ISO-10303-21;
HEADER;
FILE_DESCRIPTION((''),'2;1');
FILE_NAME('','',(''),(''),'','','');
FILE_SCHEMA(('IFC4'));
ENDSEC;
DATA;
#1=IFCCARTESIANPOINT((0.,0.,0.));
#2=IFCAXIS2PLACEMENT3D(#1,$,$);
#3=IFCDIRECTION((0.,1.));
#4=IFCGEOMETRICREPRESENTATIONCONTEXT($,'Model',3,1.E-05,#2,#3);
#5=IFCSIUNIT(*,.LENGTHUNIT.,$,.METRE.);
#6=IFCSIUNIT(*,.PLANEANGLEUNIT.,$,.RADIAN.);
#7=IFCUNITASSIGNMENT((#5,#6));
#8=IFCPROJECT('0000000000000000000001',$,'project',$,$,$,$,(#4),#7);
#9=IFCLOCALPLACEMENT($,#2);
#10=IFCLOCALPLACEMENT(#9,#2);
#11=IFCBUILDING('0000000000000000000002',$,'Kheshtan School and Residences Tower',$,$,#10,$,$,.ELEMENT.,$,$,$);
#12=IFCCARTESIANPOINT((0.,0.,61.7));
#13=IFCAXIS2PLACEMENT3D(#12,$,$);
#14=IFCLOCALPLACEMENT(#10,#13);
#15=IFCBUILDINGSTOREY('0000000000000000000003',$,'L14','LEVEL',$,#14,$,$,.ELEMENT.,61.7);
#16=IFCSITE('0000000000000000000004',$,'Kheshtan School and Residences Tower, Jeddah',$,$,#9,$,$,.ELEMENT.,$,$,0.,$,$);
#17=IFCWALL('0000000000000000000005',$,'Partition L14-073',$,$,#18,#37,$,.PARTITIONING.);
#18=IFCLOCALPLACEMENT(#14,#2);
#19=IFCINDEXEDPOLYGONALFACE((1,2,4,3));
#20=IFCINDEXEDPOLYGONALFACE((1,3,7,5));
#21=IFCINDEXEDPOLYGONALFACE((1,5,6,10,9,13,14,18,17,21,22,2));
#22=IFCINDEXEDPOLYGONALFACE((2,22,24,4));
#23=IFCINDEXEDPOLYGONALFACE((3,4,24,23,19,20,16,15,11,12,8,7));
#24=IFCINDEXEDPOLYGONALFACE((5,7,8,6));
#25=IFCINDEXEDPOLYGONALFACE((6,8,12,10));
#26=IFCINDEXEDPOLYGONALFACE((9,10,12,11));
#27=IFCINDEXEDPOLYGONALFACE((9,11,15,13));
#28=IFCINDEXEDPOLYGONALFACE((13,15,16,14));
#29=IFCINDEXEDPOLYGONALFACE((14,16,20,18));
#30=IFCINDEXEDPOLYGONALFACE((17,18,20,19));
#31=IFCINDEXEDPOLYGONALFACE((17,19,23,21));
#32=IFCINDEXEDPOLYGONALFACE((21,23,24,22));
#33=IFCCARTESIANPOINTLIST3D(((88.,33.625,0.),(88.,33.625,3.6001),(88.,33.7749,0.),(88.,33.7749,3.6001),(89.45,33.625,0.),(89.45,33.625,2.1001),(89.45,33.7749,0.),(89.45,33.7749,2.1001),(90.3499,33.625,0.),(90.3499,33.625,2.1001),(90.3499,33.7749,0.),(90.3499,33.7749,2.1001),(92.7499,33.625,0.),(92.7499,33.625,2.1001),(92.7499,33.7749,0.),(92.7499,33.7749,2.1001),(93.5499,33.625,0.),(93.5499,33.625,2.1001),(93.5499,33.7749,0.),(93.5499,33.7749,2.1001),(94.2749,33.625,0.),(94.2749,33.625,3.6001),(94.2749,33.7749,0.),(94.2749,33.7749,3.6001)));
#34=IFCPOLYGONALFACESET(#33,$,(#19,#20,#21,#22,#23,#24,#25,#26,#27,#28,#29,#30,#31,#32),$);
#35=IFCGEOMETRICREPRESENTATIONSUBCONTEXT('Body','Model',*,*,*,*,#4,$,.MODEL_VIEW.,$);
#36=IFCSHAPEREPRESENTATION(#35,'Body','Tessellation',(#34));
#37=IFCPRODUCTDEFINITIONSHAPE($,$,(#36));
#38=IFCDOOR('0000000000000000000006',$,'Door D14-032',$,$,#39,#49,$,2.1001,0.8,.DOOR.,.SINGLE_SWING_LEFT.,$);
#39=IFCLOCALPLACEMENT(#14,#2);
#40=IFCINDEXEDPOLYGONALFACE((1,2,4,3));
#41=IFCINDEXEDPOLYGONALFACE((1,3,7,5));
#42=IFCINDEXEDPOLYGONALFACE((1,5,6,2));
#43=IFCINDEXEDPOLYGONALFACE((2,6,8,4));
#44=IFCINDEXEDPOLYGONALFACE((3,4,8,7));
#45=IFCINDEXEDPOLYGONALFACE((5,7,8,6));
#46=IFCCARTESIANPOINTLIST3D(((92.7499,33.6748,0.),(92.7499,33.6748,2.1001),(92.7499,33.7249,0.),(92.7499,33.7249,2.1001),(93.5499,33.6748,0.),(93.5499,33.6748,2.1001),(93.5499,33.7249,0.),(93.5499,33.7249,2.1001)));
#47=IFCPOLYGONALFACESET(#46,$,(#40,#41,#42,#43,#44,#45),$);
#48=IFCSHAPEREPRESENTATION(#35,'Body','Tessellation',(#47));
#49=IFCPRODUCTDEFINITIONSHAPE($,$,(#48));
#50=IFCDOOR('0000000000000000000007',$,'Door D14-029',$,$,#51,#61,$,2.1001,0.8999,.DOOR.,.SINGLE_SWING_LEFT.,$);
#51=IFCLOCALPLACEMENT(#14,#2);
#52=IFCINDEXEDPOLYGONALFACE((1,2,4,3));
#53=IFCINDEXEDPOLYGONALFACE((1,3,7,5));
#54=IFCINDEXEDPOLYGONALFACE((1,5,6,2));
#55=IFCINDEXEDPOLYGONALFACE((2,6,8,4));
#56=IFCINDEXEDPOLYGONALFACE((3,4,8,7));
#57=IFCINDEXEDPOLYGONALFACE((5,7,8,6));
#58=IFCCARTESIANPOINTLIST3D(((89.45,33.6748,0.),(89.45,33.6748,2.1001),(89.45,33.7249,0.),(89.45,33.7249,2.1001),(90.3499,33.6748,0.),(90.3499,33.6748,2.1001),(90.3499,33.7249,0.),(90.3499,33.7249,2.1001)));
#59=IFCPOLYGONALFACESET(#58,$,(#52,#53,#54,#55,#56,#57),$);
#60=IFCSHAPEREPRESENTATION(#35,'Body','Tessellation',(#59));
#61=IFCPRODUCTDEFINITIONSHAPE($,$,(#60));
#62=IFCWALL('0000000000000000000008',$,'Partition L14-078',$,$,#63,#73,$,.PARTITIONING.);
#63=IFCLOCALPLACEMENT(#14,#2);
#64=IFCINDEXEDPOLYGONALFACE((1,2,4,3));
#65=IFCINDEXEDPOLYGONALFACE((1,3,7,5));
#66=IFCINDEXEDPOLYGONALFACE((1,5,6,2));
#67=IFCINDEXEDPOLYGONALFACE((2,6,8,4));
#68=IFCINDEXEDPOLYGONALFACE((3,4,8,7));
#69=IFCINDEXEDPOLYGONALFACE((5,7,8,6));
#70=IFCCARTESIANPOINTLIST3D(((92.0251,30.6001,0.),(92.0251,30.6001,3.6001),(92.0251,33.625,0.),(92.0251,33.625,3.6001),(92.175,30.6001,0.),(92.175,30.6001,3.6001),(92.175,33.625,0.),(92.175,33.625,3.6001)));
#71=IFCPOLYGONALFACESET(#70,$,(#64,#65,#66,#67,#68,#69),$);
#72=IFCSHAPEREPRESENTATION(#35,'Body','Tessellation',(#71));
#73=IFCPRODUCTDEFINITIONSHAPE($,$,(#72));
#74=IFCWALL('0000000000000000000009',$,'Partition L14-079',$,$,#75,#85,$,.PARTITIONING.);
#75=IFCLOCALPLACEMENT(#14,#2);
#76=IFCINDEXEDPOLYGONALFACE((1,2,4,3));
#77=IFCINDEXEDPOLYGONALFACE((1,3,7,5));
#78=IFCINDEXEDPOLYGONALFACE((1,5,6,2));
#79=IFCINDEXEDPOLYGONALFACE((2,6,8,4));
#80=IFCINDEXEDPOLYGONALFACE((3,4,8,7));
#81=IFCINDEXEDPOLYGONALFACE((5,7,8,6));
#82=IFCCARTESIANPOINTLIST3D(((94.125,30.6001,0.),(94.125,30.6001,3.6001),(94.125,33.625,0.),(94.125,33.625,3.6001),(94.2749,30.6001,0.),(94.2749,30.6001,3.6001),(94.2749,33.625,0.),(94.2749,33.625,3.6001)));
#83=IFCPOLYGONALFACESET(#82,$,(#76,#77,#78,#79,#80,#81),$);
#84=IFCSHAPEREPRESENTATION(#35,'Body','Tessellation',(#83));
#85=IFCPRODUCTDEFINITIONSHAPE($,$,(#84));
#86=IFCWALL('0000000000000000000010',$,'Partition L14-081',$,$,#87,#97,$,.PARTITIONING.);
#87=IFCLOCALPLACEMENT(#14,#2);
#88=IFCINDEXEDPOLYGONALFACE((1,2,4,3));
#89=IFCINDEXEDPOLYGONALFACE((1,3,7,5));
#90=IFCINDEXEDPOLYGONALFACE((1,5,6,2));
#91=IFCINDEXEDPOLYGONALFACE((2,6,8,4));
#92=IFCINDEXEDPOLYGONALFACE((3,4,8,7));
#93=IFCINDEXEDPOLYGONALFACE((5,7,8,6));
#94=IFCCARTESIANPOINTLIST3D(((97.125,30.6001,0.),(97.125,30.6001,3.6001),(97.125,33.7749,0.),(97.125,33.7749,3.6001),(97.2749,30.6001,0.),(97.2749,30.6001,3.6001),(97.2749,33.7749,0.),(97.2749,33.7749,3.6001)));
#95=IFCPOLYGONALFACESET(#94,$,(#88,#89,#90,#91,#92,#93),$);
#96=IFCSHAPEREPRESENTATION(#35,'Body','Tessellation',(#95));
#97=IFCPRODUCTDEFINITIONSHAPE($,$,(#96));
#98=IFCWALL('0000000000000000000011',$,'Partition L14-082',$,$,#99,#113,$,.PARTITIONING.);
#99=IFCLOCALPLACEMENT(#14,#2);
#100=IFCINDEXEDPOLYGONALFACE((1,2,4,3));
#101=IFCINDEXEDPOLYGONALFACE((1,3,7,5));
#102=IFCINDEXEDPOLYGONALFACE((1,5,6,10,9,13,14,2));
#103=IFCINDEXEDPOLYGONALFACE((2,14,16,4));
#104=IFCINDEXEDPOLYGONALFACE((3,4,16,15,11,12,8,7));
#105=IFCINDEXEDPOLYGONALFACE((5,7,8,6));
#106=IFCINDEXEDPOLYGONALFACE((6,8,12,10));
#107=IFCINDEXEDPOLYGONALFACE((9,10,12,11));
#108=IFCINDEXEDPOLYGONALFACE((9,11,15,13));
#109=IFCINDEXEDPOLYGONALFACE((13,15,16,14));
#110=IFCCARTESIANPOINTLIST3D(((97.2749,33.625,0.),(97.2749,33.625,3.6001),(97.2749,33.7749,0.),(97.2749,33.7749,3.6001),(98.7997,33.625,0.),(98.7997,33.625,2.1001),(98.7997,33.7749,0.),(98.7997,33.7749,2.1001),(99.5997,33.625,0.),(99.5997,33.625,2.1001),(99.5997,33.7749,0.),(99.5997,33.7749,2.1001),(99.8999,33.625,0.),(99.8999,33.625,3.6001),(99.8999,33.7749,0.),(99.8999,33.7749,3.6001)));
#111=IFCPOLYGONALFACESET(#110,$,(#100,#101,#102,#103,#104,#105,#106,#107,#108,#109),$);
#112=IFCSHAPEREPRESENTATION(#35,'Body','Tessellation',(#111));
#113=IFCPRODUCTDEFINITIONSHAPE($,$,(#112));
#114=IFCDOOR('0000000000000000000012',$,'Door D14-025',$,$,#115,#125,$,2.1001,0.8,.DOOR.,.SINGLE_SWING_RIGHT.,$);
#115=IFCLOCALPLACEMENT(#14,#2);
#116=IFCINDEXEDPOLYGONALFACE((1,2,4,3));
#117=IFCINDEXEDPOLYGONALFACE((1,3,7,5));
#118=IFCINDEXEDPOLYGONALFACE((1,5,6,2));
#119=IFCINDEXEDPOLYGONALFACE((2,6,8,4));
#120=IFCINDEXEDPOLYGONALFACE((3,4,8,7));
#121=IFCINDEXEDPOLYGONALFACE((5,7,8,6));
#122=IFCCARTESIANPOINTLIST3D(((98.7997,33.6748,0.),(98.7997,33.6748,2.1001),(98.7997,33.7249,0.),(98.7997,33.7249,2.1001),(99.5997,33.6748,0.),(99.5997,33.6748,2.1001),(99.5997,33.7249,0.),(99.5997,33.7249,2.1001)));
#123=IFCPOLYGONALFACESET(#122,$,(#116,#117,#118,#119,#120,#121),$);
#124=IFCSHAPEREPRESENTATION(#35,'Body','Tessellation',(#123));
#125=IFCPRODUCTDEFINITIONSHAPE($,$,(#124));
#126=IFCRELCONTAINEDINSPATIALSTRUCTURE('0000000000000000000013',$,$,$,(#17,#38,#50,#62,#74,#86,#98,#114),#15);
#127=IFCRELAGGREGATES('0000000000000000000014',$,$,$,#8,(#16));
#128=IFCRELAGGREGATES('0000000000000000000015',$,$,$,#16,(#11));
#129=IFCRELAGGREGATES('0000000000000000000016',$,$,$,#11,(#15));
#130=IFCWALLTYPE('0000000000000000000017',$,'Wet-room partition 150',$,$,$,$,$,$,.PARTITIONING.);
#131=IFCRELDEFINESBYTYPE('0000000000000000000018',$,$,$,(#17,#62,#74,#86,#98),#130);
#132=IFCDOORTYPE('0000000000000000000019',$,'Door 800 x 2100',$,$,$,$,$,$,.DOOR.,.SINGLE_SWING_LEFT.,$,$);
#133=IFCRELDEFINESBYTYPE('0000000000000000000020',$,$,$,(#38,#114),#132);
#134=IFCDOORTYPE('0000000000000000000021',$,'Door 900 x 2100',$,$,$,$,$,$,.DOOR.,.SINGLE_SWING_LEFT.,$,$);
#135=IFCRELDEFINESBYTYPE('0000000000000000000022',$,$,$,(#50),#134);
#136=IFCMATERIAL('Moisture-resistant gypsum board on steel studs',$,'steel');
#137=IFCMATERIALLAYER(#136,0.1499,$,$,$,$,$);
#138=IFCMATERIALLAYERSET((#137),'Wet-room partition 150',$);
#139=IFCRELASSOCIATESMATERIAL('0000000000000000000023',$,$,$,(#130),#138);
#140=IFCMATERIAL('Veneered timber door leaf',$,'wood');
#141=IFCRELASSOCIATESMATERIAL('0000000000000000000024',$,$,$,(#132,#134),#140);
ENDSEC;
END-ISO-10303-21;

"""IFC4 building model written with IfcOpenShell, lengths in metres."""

from ifc_helpers import new_model, si_unit, direction, frame, frame_2d, origin, place, context, subcontext, project, spatial, rectangle, extrude, source, transform, mapped, material, layer, layer_set, type_object, element, fill, save


model = new_model("IFC4")

# Units and contexts
model_context = context("Model", 3, precision=1e-05, world=origin(), true_north=direction((0.0, 1.0)))
body_context = subcontext(model_context, "Body", "Model", "MODEL_VIEW")
ifc_project = project(units=[si_unit("LENGTHUNIT", "METRE"), si_unit("PLANEANGLEUNIT", "RADIAN")], contexts=[model_context])

# Site, building, storey
site_placement = place(None, origin())
site = spatial("IfcSite", under=ifc_project, at=site_placement, Name="Kheshtan School and Residences Tower, Jeddah", CompositionType="ELEMENT", RefElevation=0.0)
building_placement = place(site_placement, origin())
building = spatial("IfcBuilding", under=site, at=building_placement, Name="Kheshtan School and Residences Tower", CompositionType="ELEMENT")
storey_placement = place(building_placement, frame((0.0, 0.0, 61.7)))
storey = spatial("IfcBuildingStorey", under=building, at=storey_placement, Name="L14", Description="LEVEL", CompositionType="ELEMENT", Elevation=61.7)

# Wall, openings, doors
ifc_material_1 = material(Name="Moisture-resistant gypsum board on steel studs", Category="steel")
ifc_layer_1 = layer(ifc_material_1, 0.1499)
ifc_layer_set_1 = layer_set([ifc_layer_1], Name="Wet-room partition 150")
wall_type_1 = type_object("IfcWallType", Name="Wet-room partition 150", PredefinedType="PARTITIONING", material=ifc_layer_set_1)
wall_1_placement = place(storey_placement, frame((88.0, 33.7, 0.0), z_axis=(0.0, 0.0, 1.0), x_axis=(1.0, 0.0, 0.0)))
wall_1 = element("IfcWall", 1, at=wall_1_placement, inside=storey, type_object=wall_type_1, Name="Partition L14-073", PredefinedType="PARTITIONING", context=body_context, shape_type="SweptSolid", body=[
    extrude(rectangle(XDim=6.2749, YDim=0.1499, at=frame_2d((3.1375, 0.0))), origin(), (0.0, 0.0, 1.0), 3.6001),
])
opening_1_placement = place(wall_1_placement, frame((1.45, 0.0, 0.0)))
opening_1 = element("IfcOpeningElement", 2, at=opening_1_placement, cuts=wall_1, PredefinedType="OPENING", context=body_context, shape_type="SweptSolid", body=[
    extrude(rectangle(XDim=0.8999, YDim=2.1001, at=frame_2d((0.45, 1.05))), frame((0.0, 0.085, 0.0), z_axis=(0.0, -1.0, 0.0), x_axis=(1.0, 0.0, 0.0)), (0.0, 0.0, 1.0), 0.1699),
])
opening_2_placement = place(wall_1_placement, frame((4.75, 0.0, 0.0)))
opening_2 = element("IfcOpeningElement", 3, at=opening_2_placement, cuts=wall_1, PredefinedType="OPENING", context=body_context, shape_type="SweptSolid", body=[
    extrude(rectangle(XDim=0.8, YDim=2.1001, at=frame_2d((0.3999, 1.05))), frame((0.0, 0.085, 0.0), z_axis=(0.0, -1.0, 0.0), x_axis=(1.0, 0.0, 0.0)), (0.0, 0.0, 1.0), 0.1699),
])
ifc_material_2 = material(Name="Veneered timber door leaf", Category="wood")
door_type_1 = type_object("IfcDoorType", Name="Door 800 x 2100", OperationType="SINGLE_SWING_LEFT", PredefinedType="DOOR", material=ifc_material_2)
shared_shape_1 = source(origin(), body_context, "Body", "SweptSolid", [
    extrude(rectangle(XDim=0.8, YDim=2.1001, at=frame_2d((0.3999, 1.05))), frame((0.0, 0.0249, 0.0), z_axis=(0.0, -1.0, 0.0), x_axis=(1.0, 0.0, 0.0)), (0.0, 0.0, 1.0), 0.05),
])
door_1_placement = place(opening_2_placement, origin())
door_1 = element("IfcDoor", 4, at=door_1_placement, inside=storey, type_object=door_type_1, Name="Door D14-032", OperationType="SINGLE_SWING_LEFT", OverallHeight=2.1001, OverallWidth=0.8, PredefinedType="DOOR", context=body_context, shape_type="MappedRepresentation", body=[
    mapped(shared_shape_1, transform((0.0, 0.0, 0.0), x_axis=(1.0, 0.0, 0.0), y_axis=(0.0, 1.0, 0.0), z_axis=(0.0, 0.0, 1.0), scale=1.0)),
])
fill(opening_2, door_1)
door_type_2 = type_object("IfcDoorType", Name="Door 900 x 2100", OperationType="SINGLE_SWING_LEFT", PredefinedType="DOOR", material=ifc_material_2)
shared_shape_2 = source(origin(), body_context, "Body", "SweptSolid", [
    extrude(rectangle(XDim=0.8999, YDim=2.1001, at=frame_2d((0.45, 1.05))), frame((0.0, 0.0249, 0.0), z_axis=(0.0, -1.0, 0.0), x_axis=(1.0, 0.0, 0.0)), (0.0, 0.0, 1.0), 0.05),
])
door_2_placement = place(opening_1_placement, origin())
door_2 = element("IfcDoor", 5, at=door_2_placement, inside=storey, type_object=door_type_2, Name="Door D14-029", OperationType="SINGLE_SWING_LEFT", OverallHeight=2.1001, OverallWidth=0.8999, PredefinedType="DOOR", context=body_context, shape_type="MappedRepresentation", body=[
    mapped(shared_shape_2, transform((0.0, 0.0, 0.0), x_axis=(1.0, 0.0, 0.0), y_axis=(0.0, 1.0, 0.0), z_axis=(0.0, 0.0, 1.0), scale=1.0)),
])
fill(opening_1, door_2)

# Walls
for number, where, z_axis, x_axis, name in (
    (6, (92.1001, 30.6001, 0.0), (0.0, 0.0, 1.0), (0.0, 1.0, 0.0), "Partition L14-078"),
    (7, (94.2, 30.6001, 0.0), (0.0, 0.0, 1.0), (0.0, 1.0, 0.0), "Partition L14-079"),
):
    element("IfcWall", number, at=place(storey_placement, frame(where, z_axis=z_axis, x_axis=x_axis)), inside=storey, type_object=wall_type_1, Name=name, PredefinedType="PARTITIONING", context=body_context, shape_type="SweptSolid", body=[
        extrude(rectangle(XDim=3.0249, YDim=0.1499, at=frame_2d((1.5125, 0.0))), origin(), (0.0, 0.0, 1.0), 3.6001),
    ])
wall_2_placement = place(storey_placement, frame((97.2, 30.6001, 0.0), z_axis=(0.0, 0.0, 1.0), x_axis=(0.0, 1.0, 0.0)))
element("IfcWall", 8, at=wall_2_placement, inside=storey, type_object=wall_type_1, Name="Partition L14-081", PredefinedType="PARTITIONING", context=body_context, shape_type="SweptSolid", body=[
    extrude(rectangle(XDim=3.1748, YDim=0.1499, at=frame_2d((1.5874, 0.0))), origin(), (0.0, 0.0, 1.0), 3.6001),
])

# Wall, opening, door
wall_3_placement = place(storey_placement, frame((97.2749, 33.7, 0.0), z_axis=(0.0, 0.0, 1.0), x_axis=(1.0, 0.0, 0.0)))
wall_3 = element("IfcWall", 9, at=wall_3_placement, inside=storey, type_object=wall_type_1, Name="Partition L14-082", PredefinedType="PARTITIONING", context=body_context, shape_type="SweptSolid", body=[
    extrude(rectangle(XDim=2.625, YDim=0.1499, at=frame_2d((1.3125, 0.0))), origin(), (0.0, 0.0, 1.0), 3.6001),
])
opening_3_placement = place(wall_3_placement, frame((1.5249, 0.0, 0.0)))
opening_3 = element("IfcOpeningElement", 10, at=opening_3_placement, cuts=wall_3, PredefinedType="OPENING", context=body_context, shape_type="SweptSolid", body=[
    extrude(rectangle(XDim=0.8, YDim=2.1001, at=frame_2d((0.3999, 1.05))), frame((0.0, 0.085, 0.0), z_axis=(0.0, -1.0, 0.0), x_axis=(1.0, 0.0, 0.0)), (0.0, 0.0, 1.0), 0.1699),
])
door_3_placement = place(opening_3_placement, origin())
door_3 = element("IfcDoor", 11, at=door_3_placement, inside=storey, type_object=door_type_1, Name="Door D14-025", OperationType="SINGLE_SWING_RIGHT", OverallHeight=2.1001, OverallWidth=0.8, PredefinedType="DOOR", context=body_context, shape_type="MappedRepresentation", body=[
    mapped(shared_shape_1, transform((0.0, 0.0, 0.0), x_axis=(1.0, 0.0, 0.0), y_axis=(0.0, 1.0, 0.0), z_axis=(0.0, 0.0, 1.0), scale=1.0)),
])
fill(opening_3, door_3)

save(model, "model.ifc")
